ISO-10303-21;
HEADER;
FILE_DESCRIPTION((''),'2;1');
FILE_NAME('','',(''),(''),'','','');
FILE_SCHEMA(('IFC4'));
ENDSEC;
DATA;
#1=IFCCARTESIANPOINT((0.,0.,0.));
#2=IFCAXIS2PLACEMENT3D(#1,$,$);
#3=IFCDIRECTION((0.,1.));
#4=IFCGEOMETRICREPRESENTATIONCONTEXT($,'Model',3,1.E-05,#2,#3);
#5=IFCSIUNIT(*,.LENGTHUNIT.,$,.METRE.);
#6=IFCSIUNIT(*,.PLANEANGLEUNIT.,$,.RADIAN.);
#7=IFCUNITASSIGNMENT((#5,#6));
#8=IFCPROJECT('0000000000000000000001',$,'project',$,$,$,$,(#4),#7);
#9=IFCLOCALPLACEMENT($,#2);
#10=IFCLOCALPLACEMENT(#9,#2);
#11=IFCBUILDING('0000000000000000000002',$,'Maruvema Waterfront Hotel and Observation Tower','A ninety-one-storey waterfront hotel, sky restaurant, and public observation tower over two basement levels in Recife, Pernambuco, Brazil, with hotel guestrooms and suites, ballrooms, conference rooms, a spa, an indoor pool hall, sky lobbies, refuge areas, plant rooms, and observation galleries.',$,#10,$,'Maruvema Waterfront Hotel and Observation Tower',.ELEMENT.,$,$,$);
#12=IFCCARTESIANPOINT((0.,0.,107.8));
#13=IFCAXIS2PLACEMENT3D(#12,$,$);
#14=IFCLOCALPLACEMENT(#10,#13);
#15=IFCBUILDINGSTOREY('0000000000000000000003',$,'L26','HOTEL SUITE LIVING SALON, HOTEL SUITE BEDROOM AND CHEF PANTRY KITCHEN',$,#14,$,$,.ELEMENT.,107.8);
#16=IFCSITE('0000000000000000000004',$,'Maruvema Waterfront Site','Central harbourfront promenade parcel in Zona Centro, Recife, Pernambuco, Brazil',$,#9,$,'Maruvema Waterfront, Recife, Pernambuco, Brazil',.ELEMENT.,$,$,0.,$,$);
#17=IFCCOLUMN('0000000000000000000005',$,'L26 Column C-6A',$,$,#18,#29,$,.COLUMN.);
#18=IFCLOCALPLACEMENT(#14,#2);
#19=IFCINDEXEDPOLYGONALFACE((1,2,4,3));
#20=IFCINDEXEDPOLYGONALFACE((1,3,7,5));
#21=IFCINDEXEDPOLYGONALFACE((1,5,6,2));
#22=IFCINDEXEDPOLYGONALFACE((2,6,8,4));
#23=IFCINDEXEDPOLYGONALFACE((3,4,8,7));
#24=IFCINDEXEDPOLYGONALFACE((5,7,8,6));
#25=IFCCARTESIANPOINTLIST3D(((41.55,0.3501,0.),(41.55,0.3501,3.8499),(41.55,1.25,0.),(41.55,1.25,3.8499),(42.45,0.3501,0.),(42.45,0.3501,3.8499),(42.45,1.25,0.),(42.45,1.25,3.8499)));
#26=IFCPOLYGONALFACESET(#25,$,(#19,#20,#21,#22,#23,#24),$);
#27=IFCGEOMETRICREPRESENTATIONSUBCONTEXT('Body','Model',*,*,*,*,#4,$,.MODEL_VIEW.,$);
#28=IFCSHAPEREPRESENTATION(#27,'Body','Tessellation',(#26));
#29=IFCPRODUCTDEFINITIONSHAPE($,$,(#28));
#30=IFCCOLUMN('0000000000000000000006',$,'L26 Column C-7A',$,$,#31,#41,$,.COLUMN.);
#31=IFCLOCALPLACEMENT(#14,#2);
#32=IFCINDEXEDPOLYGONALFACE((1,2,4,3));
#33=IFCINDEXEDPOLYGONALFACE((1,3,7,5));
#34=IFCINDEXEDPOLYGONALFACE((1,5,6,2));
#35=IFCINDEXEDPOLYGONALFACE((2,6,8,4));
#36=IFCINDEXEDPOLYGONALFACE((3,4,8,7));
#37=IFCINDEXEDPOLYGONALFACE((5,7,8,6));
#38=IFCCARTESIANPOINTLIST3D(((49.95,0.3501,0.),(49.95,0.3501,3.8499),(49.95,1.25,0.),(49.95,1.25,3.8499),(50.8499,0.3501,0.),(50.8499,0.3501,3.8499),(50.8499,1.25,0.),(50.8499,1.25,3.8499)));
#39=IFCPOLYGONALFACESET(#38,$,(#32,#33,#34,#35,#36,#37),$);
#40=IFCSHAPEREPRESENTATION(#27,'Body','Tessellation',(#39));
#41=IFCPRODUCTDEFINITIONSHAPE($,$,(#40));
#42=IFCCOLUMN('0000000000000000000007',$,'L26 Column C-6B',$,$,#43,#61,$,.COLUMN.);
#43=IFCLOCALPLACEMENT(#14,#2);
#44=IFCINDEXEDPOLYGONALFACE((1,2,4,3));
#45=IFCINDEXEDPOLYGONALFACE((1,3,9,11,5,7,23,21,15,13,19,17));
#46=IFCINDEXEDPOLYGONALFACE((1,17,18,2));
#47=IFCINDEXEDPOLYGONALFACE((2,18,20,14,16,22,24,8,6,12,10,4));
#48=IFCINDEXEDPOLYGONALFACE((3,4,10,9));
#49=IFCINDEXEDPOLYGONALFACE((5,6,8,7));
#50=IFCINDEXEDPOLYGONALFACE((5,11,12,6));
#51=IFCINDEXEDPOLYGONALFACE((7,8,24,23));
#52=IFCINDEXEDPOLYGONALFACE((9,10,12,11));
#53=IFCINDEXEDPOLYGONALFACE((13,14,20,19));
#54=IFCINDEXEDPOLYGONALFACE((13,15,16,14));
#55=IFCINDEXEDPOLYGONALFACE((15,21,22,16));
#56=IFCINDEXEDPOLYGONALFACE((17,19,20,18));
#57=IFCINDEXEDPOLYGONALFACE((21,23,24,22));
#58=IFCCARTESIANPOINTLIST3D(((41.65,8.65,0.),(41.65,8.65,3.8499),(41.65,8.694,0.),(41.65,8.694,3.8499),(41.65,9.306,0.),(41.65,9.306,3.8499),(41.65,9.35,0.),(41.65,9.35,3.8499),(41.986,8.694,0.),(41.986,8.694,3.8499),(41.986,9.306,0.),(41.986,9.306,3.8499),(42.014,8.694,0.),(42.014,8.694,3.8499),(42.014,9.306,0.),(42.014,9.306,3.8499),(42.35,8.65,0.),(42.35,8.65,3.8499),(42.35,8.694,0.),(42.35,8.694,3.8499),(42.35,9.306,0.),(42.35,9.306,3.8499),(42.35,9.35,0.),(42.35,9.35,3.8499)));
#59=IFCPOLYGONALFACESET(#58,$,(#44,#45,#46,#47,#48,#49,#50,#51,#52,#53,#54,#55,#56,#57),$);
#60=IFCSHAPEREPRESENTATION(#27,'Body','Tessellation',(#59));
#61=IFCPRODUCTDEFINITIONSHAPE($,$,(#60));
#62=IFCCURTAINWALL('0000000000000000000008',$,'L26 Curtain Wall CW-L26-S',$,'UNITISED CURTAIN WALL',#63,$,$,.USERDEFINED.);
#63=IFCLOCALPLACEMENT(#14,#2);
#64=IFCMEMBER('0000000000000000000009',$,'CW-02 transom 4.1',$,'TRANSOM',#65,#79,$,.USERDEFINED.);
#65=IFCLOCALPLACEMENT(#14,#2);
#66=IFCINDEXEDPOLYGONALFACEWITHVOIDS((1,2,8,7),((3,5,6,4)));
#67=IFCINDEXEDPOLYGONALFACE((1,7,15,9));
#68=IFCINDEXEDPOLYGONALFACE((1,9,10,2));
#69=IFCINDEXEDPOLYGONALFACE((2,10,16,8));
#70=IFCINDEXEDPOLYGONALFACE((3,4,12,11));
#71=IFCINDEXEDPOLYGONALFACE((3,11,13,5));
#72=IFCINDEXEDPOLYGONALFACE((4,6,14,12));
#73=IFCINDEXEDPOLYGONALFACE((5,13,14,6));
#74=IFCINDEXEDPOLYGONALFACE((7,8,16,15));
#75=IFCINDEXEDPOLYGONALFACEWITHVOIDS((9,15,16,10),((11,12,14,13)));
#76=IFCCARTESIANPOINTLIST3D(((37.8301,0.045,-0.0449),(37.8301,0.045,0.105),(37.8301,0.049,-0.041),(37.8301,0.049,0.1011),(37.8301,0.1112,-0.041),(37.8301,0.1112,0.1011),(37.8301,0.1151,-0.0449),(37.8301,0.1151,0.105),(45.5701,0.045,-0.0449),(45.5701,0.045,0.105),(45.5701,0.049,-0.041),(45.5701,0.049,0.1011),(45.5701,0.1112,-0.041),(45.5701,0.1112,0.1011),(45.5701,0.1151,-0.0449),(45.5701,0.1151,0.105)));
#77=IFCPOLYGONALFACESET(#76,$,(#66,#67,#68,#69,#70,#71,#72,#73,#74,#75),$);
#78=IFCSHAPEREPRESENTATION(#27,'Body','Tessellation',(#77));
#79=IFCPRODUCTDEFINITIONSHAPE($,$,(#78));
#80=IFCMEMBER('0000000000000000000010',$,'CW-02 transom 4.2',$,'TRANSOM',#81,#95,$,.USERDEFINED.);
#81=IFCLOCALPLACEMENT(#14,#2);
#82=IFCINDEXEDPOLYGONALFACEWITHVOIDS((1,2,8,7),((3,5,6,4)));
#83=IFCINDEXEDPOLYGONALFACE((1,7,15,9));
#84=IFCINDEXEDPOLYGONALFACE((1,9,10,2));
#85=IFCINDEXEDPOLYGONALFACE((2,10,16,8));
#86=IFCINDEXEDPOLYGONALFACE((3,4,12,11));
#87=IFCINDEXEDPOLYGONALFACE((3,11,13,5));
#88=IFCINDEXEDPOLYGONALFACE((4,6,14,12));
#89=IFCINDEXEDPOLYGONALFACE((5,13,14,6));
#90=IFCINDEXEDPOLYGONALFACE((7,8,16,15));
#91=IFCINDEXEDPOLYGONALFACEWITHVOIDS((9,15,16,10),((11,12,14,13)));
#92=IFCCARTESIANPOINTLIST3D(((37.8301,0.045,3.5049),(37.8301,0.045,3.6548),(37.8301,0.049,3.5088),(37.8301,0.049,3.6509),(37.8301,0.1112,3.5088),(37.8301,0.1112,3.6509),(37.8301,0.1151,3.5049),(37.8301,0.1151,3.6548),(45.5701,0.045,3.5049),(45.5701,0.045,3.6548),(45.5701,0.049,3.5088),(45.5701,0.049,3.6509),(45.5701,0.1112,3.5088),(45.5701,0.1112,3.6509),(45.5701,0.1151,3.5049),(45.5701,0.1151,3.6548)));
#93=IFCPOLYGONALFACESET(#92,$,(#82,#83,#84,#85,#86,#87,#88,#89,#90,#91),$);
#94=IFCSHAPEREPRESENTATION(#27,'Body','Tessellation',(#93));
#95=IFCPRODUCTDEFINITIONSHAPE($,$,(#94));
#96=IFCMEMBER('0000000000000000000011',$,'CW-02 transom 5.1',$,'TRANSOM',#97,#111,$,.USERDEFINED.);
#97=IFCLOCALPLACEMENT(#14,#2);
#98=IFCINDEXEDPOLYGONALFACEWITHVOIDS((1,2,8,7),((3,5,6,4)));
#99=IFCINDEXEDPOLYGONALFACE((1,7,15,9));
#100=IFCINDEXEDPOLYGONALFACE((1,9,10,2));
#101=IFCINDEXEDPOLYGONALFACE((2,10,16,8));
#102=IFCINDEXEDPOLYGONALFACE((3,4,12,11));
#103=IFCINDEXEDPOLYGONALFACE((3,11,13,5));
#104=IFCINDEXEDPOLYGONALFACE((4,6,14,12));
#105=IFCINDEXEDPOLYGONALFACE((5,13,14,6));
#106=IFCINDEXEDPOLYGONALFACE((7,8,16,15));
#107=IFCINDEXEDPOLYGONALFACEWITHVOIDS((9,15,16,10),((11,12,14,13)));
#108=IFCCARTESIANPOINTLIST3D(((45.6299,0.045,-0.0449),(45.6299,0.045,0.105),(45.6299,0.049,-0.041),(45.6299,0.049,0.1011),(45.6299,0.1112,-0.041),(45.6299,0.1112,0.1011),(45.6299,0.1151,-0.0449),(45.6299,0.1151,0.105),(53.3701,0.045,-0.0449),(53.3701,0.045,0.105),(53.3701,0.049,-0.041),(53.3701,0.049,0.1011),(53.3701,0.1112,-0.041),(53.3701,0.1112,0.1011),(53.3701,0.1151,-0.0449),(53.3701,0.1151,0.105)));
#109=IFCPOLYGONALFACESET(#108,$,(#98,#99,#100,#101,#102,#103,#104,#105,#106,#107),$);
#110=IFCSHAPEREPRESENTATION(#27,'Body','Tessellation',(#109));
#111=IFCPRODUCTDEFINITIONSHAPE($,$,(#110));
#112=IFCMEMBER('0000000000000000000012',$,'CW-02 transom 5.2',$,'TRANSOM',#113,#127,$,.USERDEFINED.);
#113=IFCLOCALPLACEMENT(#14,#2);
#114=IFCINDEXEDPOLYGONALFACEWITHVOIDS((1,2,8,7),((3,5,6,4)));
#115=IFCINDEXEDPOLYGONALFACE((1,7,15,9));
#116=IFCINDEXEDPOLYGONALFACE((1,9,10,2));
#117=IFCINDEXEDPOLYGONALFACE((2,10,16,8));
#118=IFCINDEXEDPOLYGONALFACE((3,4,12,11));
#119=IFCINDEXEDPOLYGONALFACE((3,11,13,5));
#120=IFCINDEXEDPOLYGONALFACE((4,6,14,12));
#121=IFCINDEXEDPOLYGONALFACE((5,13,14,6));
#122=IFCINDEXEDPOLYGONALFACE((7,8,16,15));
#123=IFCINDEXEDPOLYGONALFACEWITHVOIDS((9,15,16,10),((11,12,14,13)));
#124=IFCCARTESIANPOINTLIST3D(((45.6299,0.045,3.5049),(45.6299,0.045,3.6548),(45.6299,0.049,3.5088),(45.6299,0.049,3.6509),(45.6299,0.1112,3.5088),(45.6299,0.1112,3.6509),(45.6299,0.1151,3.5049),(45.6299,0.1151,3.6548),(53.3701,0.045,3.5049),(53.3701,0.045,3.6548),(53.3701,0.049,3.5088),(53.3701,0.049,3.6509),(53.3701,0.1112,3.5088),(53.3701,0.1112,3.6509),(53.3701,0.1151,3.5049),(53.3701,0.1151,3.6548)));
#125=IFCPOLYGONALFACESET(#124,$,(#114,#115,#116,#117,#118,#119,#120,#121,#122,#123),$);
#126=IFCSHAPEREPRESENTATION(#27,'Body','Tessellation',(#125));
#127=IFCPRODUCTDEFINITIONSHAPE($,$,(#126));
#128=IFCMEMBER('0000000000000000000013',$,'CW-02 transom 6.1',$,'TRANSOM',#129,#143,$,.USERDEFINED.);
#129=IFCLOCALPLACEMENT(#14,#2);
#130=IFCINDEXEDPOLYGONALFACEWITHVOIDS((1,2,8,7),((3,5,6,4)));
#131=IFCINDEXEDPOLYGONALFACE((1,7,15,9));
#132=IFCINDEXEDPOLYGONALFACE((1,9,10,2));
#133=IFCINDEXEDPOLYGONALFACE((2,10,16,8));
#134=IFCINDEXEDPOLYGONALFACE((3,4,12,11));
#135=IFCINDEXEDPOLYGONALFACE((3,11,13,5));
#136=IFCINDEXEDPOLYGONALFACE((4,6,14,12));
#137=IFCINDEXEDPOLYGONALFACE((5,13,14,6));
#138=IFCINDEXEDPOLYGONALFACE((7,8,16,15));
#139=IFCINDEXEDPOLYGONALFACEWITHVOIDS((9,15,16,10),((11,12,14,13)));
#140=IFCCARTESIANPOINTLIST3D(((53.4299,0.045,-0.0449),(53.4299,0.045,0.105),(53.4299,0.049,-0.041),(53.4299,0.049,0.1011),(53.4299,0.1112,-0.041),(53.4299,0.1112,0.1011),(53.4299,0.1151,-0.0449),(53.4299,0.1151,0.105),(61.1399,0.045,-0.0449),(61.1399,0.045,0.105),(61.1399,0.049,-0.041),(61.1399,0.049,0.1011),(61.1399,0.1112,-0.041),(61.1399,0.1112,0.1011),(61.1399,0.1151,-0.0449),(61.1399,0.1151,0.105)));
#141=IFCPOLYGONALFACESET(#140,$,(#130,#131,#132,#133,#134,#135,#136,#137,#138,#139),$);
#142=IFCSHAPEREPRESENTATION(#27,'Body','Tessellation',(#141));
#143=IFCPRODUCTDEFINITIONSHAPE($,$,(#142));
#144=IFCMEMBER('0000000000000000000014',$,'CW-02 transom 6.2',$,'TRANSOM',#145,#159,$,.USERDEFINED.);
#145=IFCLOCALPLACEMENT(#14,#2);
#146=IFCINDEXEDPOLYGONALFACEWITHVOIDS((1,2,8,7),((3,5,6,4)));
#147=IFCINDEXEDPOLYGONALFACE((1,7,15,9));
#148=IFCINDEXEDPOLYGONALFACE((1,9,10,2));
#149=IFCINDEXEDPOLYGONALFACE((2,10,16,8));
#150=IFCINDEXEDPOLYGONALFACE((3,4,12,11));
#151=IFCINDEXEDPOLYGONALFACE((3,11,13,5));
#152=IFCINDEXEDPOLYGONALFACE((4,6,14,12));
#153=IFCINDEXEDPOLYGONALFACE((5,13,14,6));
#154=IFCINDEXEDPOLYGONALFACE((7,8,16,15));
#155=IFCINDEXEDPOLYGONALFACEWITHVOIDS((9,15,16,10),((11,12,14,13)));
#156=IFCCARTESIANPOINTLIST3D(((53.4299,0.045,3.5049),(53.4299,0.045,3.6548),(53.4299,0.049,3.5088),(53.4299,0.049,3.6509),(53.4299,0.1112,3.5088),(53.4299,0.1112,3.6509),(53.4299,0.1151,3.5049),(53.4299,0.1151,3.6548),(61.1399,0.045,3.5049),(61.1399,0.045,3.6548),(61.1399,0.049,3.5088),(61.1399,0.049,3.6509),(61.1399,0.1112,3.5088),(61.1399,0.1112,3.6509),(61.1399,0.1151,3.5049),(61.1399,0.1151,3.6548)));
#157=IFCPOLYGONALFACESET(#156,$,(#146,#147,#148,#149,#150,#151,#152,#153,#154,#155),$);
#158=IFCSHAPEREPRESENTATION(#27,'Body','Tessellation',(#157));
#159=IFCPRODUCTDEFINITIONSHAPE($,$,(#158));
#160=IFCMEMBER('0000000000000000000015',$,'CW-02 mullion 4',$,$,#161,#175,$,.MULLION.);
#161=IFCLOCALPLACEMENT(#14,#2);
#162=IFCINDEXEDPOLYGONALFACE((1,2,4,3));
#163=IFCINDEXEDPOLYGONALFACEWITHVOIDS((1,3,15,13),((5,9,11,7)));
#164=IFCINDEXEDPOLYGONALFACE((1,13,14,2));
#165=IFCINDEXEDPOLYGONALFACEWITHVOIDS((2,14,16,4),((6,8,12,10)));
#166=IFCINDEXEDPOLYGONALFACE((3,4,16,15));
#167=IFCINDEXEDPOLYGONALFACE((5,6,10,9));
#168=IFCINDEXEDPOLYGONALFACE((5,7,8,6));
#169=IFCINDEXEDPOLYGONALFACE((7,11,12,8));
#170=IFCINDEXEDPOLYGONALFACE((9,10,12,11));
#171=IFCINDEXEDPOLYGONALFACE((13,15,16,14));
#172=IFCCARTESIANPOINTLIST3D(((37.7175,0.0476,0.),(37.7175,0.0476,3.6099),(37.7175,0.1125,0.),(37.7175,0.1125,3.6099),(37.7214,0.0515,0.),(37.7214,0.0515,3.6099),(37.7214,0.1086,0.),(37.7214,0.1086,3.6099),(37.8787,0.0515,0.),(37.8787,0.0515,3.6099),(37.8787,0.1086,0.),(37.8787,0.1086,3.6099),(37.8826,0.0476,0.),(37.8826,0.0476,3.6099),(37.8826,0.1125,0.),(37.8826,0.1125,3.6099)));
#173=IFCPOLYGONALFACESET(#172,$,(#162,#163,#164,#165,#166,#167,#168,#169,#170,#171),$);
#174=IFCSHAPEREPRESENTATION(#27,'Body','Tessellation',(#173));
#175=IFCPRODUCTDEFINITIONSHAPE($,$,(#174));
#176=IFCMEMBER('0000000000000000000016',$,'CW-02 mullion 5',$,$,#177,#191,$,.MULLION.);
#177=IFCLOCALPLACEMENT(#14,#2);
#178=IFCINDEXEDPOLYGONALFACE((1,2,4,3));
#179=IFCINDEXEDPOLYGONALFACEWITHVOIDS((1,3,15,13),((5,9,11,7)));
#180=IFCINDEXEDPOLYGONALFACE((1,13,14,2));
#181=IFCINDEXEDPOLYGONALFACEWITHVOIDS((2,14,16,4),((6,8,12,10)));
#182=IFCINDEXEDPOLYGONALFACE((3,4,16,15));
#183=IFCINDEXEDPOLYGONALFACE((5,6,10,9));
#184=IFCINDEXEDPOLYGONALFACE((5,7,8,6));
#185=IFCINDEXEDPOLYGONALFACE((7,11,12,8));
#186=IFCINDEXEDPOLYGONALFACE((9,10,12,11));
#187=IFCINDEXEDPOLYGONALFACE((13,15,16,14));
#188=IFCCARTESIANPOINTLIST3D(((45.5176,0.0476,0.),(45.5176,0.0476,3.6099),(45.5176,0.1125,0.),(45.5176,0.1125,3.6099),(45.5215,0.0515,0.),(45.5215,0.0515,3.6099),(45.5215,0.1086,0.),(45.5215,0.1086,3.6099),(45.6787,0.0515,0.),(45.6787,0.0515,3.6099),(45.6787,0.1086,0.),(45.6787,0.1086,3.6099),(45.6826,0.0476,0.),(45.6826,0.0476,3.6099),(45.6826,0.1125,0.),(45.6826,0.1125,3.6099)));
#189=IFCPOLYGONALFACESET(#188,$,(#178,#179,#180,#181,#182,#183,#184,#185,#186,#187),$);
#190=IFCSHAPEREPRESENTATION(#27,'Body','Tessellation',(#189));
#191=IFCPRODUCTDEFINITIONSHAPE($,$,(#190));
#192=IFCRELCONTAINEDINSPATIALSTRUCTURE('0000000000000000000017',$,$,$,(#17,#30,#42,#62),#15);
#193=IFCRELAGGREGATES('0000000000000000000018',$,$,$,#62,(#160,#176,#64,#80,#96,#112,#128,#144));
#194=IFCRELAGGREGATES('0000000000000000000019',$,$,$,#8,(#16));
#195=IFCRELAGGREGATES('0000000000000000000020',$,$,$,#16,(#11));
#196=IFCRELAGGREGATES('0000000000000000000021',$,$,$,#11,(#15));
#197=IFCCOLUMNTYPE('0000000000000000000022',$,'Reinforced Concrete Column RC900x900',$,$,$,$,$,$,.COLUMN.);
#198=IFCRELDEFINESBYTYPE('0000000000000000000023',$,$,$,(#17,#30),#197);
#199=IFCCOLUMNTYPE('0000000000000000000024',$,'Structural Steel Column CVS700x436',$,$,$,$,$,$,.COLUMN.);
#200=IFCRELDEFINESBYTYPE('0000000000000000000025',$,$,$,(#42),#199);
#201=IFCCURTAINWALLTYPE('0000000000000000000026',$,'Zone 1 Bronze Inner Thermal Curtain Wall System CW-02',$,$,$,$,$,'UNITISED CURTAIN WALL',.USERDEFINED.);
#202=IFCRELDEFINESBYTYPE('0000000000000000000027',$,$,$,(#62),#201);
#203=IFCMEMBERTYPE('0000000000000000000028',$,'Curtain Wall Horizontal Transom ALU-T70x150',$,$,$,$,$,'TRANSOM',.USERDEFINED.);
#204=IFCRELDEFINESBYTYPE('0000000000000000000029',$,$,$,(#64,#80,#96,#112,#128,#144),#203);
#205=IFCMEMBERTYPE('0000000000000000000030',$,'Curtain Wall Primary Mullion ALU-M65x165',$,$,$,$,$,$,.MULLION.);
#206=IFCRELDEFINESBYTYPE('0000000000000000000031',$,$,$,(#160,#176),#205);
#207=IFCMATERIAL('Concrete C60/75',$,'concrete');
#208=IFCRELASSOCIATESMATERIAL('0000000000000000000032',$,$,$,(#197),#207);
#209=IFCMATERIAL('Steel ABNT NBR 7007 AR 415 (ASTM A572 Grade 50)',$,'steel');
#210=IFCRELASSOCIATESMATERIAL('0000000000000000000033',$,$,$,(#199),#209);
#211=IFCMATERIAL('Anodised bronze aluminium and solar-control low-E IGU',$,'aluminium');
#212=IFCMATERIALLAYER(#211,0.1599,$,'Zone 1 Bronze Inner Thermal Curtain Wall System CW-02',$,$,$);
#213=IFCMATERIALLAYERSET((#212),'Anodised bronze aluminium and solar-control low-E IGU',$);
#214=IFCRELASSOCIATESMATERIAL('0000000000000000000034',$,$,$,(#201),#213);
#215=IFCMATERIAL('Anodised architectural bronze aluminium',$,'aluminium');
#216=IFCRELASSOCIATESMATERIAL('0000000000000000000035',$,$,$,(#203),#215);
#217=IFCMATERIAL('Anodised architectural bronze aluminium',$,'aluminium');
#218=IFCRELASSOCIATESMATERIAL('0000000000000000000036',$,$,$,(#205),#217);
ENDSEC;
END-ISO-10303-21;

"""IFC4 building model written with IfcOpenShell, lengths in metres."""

from ifc_helpers import new_model, si_unit, direction, frame, origin, origin_2d, place, context, subcontext, project, spatial, rectangle, hollow_rectangle, i_section, extrude, material, layer, layer_set, material_profile, profile_set, type_object, element, aggregate, save


model = new_model("IFC4")

# Units and contexts
model_context = context("Model", 3, precision=1e-05, world=origin(), true_north=direction((0.0, 1.0)))
body_context = subcontext(model_context, "Body", "Model", "MODEL_VIEW")
ifc_project = project(units=[si_unit("LENGTHUNIT", "METRE"), si_unit("PLANEANGLEUNIT", "RADIAN")], contexts=[model_context])

# Site, building, storey
site_placement = place(None, origin())
site = spatial("IfcSite", under=ifc_project, at=site_placement, Name="Maruvema Waterfront Site", Description="Central harbourfront promenade parcel in Zona Centro, Recife, Pernambuco, Brazil", LongName="Maruvema Waterfront, Recife, Pernambuco, Brazil", CompositionType="ELEMENT", RefElevation=0.0)
building_placement = place(site_placement, origin())
building = spatial("IfcBuilding", under=site, at=building_placement, Name="Maruvema Waterfront Hotel and Observation Tower", Description="A ninety-one-storey waterfront hotel, sky restaurant, and public observation tower over two basement levels in Recife, Pernambuco, Brazil, with hotel guestrooms and suites, ballrooms, conference rooms, a spa, an indoor pool hall, sky lobbies, refuge areas, plant rooms, and observation galleries.", LongName="Maruvema Waterfront Hotel and Observation Tower", CompositionType="ELEMENT")
storey_placement = place(building_placement, frame((0.0, 0.0, 107.8)))
storey = spatial("IfcBuildingStorey", under=building, at=storey_placement, Name="L26", Description="HOTEL SUITE LIVING SALON, HOTEL SUITE BEDROOM AND CHEF PANTRY KITCHEN", CompositionType="ELEMENT", Elevation=107.8)

# Columns
ifc_material_1 = material(Name="Concrete C60/75", Category="concrete")
ifc_material_profile_1 = material_profile(ifc_material_1, rectangle(XDim=0.8999, YDim=0.8999, at=origin_2d()), Name="RC900x900")
ifc_profile_set_1 = profile_set([ifc_material_profile_1], Name="Concrete C60/75")
column_type_1 = type_object("IfcColumnType", Name="Reinforced Concrete Column RC900x900", PredefinedType="COLUMN", material=ifc_profile_set_1)
for number, where, z_axis, x_axis, name in (
    (1, (42.0, 0.8, 0.0), (0.0, 0.0, 1.0), (1.0, 0.0, 0.0), "L26 Column C-6A"),
    (2, (50.3999, 0.8, 0.0), (0.0, 0.0, 1.0), (1.0, 0.0, 0.0), "L26 Column C-7A"),
):
    element("IfcColumn", number, at=place(storey_placement, frame(where, z_axis=z_axis, x_axis=x_axis)), inside=storey, type_object=column_type_1, Name=name, PredefinedType="COLUMN", context=body_context, shape_type="SweptSolid", body=[
        extrude(rectangle(XDim=0.8999, YDim=0.8999, at=origin_2d()), origin(), (0.0, 0.0, 1.0), 3.8499),
    ])
ifc_material_2 = material(Name="Steel ABNT NBR 7007 AR 415 (ASTM A572 Grade 50)", Category="steel")
ifc_material_profile_2 = material_profile(ifc_material_2, i_section(OverallWidth=0.7, OverallDepth=0.7, WebThickness=0.0281, FlangeThickness=0.0439, at=origin_2d()), Name="CVS700x436")
ifc_profile_set_2 = profile_set([ifc_material_profile_2], Name="Steel ABNT NBR 7007 AR 415 (ASTM A572 Grade 50)")
column_type_2 = type_object("IfcColumnType", Name="Structural Steel Column CVS700x436", PredefinedType="COLUMN", material=ifc_profile_set_2)
column_placement = place(storey_placement, frame((42.0, 9.0, 0.0), z_axis=(0.0, 0.0, 1.0), x_axis=(1.0, 0.0, 0.0)))
element("IfcColumn", 3, at=column_placement, inside=storey, type_object=column_type_2, Name="L26 Column C-6B", PredefinedType="COLUMN", context=body_context, shape_type="SweptSolid", body=[
    extrude(i_section(OverallWidth=0.7, OverallDepth=0.7, WebThickness=0.0281, FlangeThickness=0.0439, at=origin_2d()), origin(), (0.0, 0.0, 1.0), 3.8499),
])

# Curtain wall, members
ifc_material_3 = material(Name="Anodised bronze aluminium and solar-control low-E IGU", Category="aluminium")
ifc_layer_1 = layer(ifc_material_3, 0.1599, Name="Zone 1 Bronze Inner Thermal Curtain Wall System CW-02")
ifc_layer_set_1 = layer_set([ifc_layer_1], Name="Anodised bronze aluminium and solar-control low-E IGU")
curtain_wall_type = type_object("IfcCurtainWallType", Name="Zone 1 Bronze Inner Thermal Curtain Wall System CW-02", ElementType="UNITISED CURTAIN WALL", PredefinedType="USERDEFINED", material=ifc_layer_set_1)
curtain_wall_placement = place(storey_placement, origin())
curtain_wall = element("IfcCurtainWall", 4, at=curtain_wall_placement, inside=storey, type_object=curtain_wall_type, Name="L26 Curtain Wall CW-L26-S", ObjectType="UNITISED CURTAIN WALL", PredefinedType="USERDEFINED")
ifc_material_4 = material(Name="Anodised architectural bronze aluminium", Category="aluminium")
ifc_material_profile_3 = material_profile(ifc_material_4, hollow_rectangle(XDim=0.0701, YDim=0.1499, WallThickness=0.0039, at=origin_2d()), Name="ALU-T70x150")
ifc_profile_set_3 = profile_set([ifc_material_profile_3], Name="Anodised architectural bronze aluminium")
member_type_1 = type_object("IfcMemberType", Name="Curtain Wall Horizontal Transom ALU-T70x150", ElementType="TRANSOM", PredefinedType="USERDEFINED", material=ifc_profile_set_3)
member_1_placement = place(storey_placement, frame((37.8301, 0.0801, 0.03), z_axis=(1.0, 0.0, 0.0), x_axis=(0.0, 1.0, 0.0)))
member_1 = element("IfcMember", 5, at=member_1_placement, type_object=member_type_1, Name="CW-02 transom 4.1", ObjectType="TRANSOM", PredefinedType="USERDEFINED", context=body_context, shape_type="SweptSolid", body=[
    extrude(hollow_rectangle(XDim=0.0701, YDim=0.1499, WallThickness=0.0039, at=origin_2d()), origin(), (0.0, 0.0, 1.0), 7.74),
])
member_2_placement = place(storey_placement, frame((37.8301, 0.0801, 3.5798), z_axis=(1.0, 0.0, 0.0), x_axis=(0.0, 1.0, 0.0)))
member_2 = element("IfcMember", 6, at=member_2_placement, type_object=member_type_1, Name="CW-02 transom 4.2", ObjectType="TRANSOM", PredefinedType="USERDEFINED", context=body_context, shape_type="SweptSolid", body=[
    extrude(hollow_rectangle(XDim=0.0701, YDim=0.1499, WallThickness=0.0039, at=origin_2d()), origin(), (0.0, 0.0, 1.0), 7.74),
])
member_3_placement = place(storey_placement, frame((45.6299, 0.0801, 0.03), z_axis=(1.0, 0.0, 0.0), x_axis=(0.0, 1.0, 0.0)))
member_3 = element("IfcMember", 7, at=member_3_placement, type_object=member_type_1, Name="CW-02 transom 5.1", ObjectType="TRANSOM", PredefinedType="USERDEFINED", context=body_context, shape_type="SweptSolid", body=[
    extrude(hollow_rectangle(XDim=0.0701, YDim=0.1499, WallThickness=0.0039, at=origin_2d()), origin(), (0.0, 0.0, 1.0), 7.7402),
])
member_4_placement = place(storey_placement, frame((45.6299, 0.0801, 3.5798), z_axis=(1.0, 0.0, 0.0), x_axis=(0.0, 1.0, 0.0)))
member_4 = element("IfcMember", 8, at=member_4_placement, type_object=member_type_1, Name="CW-02 transom 5.2", ObjectType="TRANSOM", PredefinedType="USERDEFINED", context=body_context, shape_type="SweptSolid", body=[
    extrude(hollow_rectangle(XDim=0.0701, YDim=0.1499, WallThickness=0.0039, at=origin_2d()), origin(), (0.0, 0.0, 1.0), 7.7402),
])
member_5_placement = place(storey_placement, frame((53.4299, 0.0801, 0.03), z_axis=(1.0, 0.0, 0.0), x_axis=(0.0, 1.0, 0.0)))
member_5 = element("IfcMember", 9, at=member_5_placement, type_object=member_type_1, Name="CW-02 transom 6.1", ObjectType="TRANSOM", PredefinedType="USERDEFINED", context=body_context, shape_type="SweptSolid", body=[
    extrude(hollow_rectangle(XDim=0.0701, YDim=0.1499, WallThickness=0.0039, at=origin_2d()), origin(), (0.0, 0.0, 1.0), 7.71),
])
member_6_placement = place(storey_placement, frame((53.4299, 0.0801, 3.5798), z_axis=(1.0, 0.0, 0.0), x_axis=(0.0, 1.0, 0.0)))
member_6 = element("IfcMember", 10, at=member_6_placement, type_object=member_type_1, Name="CW-02 transom 6.2", ObjectType="TRANSOM", PredefinedType="USERDEFINED", context=body_context, shape_type="SweptSolid", body=[
    extrude(hollow_rectangle(XDim=0.0701, YDim=0.1499, WallThickness=0.0039, at=origin_2d()), origin(), (0.0, 0.0, 1.0), 7.71),
])
ifc_material_5 = material(Name="Anodised architectural bronze aluminium", Category="aluminium")
ifc_material_profile_4 = material_profile(ifc_material_5, hollow_rectangle(XDim=0.0649, YDim=0.165, WallThickness=0.0039, at=origin_2d()), Name="ALU-M65x165")
ifc_profile_set_4 = profile_set([ifc_material_profile_4], Name="Anodised architectural bronze aluminium")
member_type_2 = type_object("IfcMemberType", Name="Curtain Wall Primary Mullion ALU-M65x165", PredefinedType="MULLION", material=ifc_profile_set_4)
member_7_placement = place(storey_placement, frame((37.8, 0.0801, 0.0), z_axis=(0.0, 0.0, 1.0), x_axis=(0.0, 1.0, 0.0)))
member_7 = element("IfcMember", 11, at=member_7_placement, type_object=member_type_2, Name="CW-02 mullion 4", PredefinedType="MULLION", context=body_context, shape_type="SweptSolid", body=[
    extrude(hollow_rectangle(XDim=0.0649, YDim=0.165, WallThickness=0.0039, at=origin_2d()), origin(), (0.0, 0.0, 1.0), 3.6099),
])
member_8_placement = place(storey_placement, frame((45.6001, 0.0801, 0.0), z_axis=(0.0, 0.0, 1.0), x_axis=(0.0, 1.0, 0.0)))
member_8 = element("IfcMember", 12, at=member_8_placement, type_object=member_type_2, Name="CW-02 mullion 5", PredefinedType="MULLION", context=body_context, shape_type="SweptSolid", body=[
    extrude(hollow_rectangle(XDim=0.0649, YDim=0.165, WallThickness=0.0039, at=origin_2d()), origin(), (0.0, 0.0, 1.0), 3.6099),
])

aggregate(curtain_wall, [member_7, member_8, member_1, member_2, member_3, member_4, member_5, member_6])

save(model, "model.ifc")
